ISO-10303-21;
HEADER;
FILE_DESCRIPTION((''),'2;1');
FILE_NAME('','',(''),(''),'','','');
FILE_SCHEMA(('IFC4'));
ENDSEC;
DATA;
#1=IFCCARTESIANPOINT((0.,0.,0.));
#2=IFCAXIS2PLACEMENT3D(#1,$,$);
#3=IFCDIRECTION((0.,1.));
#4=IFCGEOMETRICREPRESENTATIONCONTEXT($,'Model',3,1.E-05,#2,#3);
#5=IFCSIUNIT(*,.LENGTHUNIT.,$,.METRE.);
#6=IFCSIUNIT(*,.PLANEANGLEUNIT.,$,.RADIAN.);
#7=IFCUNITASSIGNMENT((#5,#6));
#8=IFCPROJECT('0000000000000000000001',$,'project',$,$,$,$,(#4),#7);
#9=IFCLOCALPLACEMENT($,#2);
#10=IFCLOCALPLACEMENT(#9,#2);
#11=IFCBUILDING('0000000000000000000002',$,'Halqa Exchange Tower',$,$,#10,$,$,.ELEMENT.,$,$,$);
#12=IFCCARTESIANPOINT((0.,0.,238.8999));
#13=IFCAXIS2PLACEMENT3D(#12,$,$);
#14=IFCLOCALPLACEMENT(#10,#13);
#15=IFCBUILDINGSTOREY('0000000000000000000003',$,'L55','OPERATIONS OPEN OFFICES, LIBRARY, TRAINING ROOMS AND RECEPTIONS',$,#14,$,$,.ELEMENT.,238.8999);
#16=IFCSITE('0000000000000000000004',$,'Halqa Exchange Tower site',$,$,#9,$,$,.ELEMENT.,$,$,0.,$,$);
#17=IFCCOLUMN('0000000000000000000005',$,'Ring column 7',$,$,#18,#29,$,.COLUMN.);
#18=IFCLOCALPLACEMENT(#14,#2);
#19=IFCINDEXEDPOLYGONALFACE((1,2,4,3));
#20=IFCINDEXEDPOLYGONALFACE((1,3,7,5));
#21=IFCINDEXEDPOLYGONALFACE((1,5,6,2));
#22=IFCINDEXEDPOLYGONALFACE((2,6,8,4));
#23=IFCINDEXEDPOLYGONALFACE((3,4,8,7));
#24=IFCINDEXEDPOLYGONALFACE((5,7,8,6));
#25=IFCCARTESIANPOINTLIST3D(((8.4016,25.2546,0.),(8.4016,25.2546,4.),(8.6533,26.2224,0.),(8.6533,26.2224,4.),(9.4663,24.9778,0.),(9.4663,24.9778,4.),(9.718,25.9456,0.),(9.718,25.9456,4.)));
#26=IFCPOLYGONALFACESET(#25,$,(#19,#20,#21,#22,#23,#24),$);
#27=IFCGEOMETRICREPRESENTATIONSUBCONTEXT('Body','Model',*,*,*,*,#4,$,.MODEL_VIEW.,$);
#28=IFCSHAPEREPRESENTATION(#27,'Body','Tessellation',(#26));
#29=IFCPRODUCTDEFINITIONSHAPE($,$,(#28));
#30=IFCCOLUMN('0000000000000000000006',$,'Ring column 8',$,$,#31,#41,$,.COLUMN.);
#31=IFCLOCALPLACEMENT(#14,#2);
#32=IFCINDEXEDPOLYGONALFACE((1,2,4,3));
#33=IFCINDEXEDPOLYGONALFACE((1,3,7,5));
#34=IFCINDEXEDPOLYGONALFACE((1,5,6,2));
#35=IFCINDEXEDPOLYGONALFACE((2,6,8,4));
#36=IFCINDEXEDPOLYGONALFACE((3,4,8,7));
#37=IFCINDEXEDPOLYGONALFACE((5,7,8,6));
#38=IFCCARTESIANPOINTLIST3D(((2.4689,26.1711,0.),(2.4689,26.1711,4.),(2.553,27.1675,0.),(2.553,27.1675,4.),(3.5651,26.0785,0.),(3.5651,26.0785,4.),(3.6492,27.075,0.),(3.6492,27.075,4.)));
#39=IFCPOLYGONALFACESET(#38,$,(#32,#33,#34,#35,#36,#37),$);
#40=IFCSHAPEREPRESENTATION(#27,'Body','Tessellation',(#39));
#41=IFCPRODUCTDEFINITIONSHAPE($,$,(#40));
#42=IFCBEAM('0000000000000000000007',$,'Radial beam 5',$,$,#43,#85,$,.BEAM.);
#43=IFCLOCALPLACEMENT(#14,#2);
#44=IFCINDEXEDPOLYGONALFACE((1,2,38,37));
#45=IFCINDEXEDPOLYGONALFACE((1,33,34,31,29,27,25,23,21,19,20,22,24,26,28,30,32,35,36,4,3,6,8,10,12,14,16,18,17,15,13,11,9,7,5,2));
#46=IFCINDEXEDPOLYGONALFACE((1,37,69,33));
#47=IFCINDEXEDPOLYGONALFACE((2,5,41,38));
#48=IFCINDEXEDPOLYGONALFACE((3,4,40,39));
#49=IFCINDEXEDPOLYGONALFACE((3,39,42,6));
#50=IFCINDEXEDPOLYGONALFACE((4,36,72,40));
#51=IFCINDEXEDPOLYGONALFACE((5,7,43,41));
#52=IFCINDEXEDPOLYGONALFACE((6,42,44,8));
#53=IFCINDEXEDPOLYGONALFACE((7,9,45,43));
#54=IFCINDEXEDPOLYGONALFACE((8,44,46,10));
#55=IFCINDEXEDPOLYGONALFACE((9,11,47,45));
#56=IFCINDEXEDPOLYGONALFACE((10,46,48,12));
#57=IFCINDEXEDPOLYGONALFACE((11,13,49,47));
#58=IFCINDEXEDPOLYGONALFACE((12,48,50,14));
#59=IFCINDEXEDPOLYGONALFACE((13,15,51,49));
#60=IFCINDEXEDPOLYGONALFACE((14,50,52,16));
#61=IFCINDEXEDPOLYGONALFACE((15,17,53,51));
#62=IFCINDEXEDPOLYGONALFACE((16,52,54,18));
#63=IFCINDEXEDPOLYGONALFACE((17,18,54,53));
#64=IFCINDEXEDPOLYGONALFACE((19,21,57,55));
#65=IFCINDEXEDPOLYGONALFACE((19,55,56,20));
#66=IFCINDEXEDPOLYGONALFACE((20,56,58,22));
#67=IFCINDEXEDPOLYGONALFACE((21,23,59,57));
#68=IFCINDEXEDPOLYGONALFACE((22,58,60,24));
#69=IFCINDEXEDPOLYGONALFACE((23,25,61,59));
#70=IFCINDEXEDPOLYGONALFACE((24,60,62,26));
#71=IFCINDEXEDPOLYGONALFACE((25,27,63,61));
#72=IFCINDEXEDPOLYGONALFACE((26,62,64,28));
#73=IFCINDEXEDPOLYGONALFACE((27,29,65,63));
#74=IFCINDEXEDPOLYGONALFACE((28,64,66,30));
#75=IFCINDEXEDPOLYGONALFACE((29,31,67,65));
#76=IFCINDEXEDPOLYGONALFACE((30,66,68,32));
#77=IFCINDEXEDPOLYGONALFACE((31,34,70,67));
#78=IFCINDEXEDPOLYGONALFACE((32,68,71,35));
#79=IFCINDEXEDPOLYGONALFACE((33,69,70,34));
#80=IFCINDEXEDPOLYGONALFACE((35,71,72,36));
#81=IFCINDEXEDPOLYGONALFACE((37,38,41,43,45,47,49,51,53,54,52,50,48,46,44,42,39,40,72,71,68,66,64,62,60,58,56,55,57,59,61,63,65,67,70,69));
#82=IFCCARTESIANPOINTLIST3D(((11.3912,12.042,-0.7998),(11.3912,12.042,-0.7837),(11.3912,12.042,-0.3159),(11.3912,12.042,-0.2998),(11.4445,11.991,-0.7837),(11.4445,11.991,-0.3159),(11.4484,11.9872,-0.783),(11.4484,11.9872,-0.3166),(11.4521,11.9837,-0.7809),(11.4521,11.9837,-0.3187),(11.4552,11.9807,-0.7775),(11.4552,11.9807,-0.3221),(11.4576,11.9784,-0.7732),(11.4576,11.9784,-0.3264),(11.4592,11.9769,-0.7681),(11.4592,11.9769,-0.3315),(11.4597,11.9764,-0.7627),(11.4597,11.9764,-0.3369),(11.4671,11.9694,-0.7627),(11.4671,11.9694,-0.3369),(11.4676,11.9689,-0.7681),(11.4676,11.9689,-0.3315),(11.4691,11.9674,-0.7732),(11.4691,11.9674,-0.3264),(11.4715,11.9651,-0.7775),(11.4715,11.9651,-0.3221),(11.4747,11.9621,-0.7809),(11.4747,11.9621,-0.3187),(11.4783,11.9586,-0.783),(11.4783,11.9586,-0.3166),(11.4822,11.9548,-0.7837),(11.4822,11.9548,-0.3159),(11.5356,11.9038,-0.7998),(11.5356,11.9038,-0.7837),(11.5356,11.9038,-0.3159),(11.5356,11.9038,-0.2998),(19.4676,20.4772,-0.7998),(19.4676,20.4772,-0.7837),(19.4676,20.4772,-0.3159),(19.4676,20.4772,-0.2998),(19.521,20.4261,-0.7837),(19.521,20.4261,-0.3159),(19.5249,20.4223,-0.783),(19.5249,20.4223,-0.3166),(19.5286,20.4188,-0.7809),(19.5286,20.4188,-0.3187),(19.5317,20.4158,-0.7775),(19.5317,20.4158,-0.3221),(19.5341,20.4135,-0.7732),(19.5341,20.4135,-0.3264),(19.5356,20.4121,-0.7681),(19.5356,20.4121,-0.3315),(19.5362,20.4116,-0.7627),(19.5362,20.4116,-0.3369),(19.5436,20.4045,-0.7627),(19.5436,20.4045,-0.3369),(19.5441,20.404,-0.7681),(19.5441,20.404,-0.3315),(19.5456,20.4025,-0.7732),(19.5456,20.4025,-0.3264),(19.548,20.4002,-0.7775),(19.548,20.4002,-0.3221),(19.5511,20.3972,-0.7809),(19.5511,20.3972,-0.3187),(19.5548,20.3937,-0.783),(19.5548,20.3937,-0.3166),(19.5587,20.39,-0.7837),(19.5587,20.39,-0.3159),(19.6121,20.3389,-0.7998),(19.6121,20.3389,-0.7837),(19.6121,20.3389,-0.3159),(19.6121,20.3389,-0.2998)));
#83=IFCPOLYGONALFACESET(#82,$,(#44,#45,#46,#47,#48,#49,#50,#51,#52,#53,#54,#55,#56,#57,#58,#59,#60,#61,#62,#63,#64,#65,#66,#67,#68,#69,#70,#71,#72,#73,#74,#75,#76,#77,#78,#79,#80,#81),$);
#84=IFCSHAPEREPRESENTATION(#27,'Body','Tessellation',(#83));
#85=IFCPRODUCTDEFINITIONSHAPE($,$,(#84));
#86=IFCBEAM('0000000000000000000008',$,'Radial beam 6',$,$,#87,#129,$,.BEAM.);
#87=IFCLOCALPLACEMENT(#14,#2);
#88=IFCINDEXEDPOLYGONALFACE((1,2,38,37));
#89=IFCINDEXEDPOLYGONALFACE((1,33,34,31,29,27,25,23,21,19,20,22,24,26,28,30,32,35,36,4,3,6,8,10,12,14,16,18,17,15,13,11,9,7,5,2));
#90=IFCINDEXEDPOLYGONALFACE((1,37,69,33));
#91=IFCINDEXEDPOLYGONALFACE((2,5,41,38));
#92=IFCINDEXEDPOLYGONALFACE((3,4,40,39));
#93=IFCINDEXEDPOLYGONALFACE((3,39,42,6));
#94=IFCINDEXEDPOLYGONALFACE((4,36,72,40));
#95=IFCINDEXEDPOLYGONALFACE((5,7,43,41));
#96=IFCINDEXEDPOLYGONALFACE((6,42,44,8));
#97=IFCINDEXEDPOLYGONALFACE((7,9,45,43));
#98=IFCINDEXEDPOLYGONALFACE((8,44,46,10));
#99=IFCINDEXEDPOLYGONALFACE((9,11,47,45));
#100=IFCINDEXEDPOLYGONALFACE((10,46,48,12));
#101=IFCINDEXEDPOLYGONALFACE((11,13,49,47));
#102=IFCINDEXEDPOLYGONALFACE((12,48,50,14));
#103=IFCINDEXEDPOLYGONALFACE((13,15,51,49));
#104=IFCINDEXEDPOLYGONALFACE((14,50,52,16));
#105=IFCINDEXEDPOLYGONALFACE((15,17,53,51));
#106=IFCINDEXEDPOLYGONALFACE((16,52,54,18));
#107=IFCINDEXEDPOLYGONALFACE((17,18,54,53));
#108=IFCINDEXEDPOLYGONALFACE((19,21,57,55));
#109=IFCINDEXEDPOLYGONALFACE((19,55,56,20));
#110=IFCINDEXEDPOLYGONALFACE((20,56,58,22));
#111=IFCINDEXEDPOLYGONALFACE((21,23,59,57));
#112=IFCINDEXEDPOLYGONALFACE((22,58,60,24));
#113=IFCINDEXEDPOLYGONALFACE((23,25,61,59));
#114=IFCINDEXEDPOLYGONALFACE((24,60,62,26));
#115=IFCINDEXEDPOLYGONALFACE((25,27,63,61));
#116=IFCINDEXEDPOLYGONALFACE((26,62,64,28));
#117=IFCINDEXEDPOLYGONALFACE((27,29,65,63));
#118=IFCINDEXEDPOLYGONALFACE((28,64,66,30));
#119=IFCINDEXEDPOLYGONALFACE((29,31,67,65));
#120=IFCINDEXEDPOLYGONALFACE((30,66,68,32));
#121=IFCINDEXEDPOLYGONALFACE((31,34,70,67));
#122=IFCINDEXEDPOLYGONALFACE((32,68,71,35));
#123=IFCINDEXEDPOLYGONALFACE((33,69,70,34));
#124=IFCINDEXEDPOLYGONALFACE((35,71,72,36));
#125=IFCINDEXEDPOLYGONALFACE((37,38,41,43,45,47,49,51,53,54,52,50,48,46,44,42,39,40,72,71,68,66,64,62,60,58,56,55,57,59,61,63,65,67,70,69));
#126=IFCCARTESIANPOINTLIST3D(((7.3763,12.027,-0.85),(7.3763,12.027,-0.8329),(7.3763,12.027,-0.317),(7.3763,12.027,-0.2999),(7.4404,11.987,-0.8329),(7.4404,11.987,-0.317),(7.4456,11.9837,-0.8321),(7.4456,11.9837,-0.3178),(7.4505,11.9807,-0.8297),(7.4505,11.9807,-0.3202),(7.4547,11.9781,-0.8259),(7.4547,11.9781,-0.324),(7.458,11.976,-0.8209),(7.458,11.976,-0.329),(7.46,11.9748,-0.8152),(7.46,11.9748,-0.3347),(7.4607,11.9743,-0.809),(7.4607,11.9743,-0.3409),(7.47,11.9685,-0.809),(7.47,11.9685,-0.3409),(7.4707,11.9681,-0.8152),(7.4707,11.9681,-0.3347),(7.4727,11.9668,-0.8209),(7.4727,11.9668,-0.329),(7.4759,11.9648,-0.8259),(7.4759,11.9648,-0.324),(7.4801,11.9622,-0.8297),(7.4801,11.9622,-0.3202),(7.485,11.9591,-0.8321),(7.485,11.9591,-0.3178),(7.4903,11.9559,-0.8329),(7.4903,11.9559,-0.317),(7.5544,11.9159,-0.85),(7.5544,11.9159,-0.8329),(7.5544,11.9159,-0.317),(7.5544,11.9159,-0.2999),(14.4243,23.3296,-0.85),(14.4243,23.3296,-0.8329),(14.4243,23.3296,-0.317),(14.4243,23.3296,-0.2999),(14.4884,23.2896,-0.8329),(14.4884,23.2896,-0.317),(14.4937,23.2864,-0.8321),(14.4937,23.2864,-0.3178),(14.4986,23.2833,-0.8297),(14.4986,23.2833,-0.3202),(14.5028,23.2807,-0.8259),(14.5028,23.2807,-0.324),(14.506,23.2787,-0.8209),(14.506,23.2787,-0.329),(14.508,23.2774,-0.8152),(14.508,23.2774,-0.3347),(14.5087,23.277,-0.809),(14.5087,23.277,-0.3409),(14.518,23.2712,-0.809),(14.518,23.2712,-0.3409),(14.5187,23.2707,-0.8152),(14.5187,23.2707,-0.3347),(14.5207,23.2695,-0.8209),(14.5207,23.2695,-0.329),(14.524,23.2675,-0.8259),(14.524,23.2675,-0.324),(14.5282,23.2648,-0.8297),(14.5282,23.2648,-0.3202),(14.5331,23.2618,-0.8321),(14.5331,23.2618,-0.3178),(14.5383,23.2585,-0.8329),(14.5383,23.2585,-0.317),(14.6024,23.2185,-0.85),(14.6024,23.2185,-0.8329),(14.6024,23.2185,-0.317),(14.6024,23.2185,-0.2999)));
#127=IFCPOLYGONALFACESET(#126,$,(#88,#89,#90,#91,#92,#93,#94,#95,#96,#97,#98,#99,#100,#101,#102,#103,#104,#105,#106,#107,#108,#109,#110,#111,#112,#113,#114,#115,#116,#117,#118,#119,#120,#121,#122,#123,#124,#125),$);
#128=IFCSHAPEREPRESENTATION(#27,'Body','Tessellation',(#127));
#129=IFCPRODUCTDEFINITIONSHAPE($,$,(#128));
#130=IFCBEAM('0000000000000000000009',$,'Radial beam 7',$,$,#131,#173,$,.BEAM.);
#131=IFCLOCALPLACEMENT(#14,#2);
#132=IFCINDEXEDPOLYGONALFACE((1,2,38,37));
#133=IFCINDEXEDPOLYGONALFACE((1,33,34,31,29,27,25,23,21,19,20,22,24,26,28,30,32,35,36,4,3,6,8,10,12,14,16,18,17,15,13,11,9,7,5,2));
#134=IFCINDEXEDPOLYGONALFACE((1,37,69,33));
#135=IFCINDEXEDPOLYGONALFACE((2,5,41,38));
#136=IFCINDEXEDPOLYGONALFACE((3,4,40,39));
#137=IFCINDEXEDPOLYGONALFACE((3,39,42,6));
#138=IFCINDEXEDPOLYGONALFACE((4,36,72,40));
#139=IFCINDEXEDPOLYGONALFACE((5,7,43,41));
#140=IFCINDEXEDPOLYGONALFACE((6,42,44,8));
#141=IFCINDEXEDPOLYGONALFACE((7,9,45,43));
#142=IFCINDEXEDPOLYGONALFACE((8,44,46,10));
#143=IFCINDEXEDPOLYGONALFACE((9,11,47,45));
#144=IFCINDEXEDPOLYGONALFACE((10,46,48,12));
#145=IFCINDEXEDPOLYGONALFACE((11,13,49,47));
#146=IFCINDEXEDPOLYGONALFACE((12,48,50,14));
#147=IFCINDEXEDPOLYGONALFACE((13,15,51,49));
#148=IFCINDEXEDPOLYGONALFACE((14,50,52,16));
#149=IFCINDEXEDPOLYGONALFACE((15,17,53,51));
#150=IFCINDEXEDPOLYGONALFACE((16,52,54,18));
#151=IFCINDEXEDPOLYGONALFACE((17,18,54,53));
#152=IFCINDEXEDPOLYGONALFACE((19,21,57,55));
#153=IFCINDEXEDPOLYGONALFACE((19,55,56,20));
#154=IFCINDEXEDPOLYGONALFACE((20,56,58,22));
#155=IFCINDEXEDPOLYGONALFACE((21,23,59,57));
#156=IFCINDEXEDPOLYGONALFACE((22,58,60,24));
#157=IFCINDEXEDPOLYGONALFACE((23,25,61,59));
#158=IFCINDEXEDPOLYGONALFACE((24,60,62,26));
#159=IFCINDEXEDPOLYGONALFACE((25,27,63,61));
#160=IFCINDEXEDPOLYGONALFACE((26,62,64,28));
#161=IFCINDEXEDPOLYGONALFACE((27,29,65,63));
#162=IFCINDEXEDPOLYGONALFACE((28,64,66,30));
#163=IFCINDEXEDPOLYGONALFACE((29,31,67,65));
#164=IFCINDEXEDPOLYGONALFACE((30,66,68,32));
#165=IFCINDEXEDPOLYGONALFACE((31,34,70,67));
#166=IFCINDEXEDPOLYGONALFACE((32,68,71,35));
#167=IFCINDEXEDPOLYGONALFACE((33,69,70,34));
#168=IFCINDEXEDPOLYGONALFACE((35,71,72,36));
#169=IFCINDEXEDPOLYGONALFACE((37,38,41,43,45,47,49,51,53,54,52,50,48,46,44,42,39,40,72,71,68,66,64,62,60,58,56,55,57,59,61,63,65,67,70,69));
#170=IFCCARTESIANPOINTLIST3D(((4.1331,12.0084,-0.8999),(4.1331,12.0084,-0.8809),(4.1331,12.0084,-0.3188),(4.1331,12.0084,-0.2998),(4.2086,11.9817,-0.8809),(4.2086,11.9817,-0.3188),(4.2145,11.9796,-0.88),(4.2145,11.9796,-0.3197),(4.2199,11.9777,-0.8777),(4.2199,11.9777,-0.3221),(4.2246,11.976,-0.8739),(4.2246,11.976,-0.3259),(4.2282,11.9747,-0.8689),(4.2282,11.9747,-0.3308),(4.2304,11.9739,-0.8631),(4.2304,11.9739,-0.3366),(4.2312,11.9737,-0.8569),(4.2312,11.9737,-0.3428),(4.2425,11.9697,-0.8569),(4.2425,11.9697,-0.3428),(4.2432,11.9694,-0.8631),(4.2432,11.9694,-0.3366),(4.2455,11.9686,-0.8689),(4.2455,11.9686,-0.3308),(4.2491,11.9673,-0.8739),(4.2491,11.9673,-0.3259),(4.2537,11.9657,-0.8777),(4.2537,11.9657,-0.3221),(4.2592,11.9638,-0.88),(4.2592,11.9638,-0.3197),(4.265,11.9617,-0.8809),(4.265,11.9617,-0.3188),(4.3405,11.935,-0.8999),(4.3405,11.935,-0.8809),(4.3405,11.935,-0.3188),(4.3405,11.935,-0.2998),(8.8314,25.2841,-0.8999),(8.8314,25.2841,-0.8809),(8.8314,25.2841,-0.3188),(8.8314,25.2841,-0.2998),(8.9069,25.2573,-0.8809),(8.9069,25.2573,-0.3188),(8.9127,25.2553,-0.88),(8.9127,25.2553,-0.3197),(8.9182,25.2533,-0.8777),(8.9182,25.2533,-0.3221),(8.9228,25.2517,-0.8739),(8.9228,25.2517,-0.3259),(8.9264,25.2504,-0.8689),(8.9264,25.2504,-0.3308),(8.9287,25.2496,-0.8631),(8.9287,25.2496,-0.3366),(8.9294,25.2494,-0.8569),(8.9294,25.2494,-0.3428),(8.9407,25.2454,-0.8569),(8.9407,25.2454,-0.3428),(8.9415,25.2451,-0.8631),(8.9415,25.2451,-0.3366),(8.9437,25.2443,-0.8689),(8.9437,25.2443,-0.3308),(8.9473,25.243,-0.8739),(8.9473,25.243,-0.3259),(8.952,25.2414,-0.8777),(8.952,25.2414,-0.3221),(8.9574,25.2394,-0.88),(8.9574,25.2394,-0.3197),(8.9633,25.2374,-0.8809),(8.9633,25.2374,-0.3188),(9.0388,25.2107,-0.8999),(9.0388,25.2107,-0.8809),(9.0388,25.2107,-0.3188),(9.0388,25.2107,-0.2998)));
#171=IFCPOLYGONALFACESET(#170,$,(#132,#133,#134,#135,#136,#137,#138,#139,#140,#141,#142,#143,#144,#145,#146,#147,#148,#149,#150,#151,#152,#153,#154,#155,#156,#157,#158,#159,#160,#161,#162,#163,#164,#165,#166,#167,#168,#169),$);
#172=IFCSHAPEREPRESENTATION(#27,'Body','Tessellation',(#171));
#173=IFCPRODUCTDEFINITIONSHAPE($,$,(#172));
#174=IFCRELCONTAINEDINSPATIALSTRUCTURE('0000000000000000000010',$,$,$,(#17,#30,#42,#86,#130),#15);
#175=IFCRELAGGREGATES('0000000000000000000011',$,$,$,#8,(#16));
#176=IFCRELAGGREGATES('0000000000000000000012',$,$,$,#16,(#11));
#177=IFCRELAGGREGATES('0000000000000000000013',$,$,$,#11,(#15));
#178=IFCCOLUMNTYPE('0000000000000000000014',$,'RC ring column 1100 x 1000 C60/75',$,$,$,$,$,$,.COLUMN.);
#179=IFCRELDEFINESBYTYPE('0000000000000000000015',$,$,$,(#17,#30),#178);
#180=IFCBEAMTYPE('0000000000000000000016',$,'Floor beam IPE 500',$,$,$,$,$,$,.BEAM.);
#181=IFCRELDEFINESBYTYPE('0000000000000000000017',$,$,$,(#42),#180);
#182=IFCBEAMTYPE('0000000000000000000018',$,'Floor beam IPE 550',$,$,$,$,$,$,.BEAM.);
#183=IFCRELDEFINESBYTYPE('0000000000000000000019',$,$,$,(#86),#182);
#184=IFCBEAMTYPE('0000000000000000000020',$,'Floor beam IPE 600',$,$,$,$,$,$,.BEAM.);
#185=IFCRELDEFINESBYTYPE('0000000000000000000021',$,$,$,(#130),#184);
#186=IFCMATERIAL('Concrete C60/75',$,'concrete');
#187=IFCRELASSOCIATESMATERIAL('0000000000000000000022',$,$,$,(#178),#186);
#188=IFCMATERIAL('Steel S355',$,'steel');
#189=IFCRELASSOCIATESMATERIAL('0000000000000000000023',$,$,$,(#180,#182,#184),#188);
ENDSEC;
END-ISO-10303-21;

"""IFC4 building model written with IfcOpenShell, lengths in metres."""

from ifc_helpers import new_model, si_unit, direction, frame, origin, origin_2d, place, context, subcontext, project, spatial, rectangle, i_section, extrude, material, material_profile, profile_set, type_object, element, save


model = new_model("IFC4")

# Units and contexts
model_context = context("Model", 3, precision=1e-05, world=origin(), true_north=direction((0.0, 1.0)))
body_context = subcontext(model_context, "Body", "Model", "MODEL_VIEW")
ifc_project = project(units=[si_unit("LENGTHUNIT", "METRE"), si_unit("PLANEANGLEUNIT", "RADIAN")], contexts=[model_context])

# Site, building, storey
site_placement = place(None, origin())
site = spatial("IfcSite", under=ifc_project, at=site_placement, Name="Halqa Exchange Tower site", CompositionType="ELEMENT", RefElevation=0.0)
building_placement = place(site_placement, origin())
building = spatial("IfcBuilding", under=site, at=building_placement, Name="Halqa Exchange Tower", CompositionType="ELEMENT")
storey_placement = place(building_placement, frame((0.0, 0.0, 238.8999)))
storey = spatial("IfcBuildingStorey", under=building, at=storey_placement, Name="L55", Description="OPERATIONS OPEN OFFICES, LIBRARY, TRAINING ROOMS AND RECEPTIONS", CompositionType="ELEMENT", Elevation=238.8999)

# Columns
ifc_material_1 = material(Name="Concrete C60/75", Category="concrete")
ifc_material_profile_1 = material_profile(ifc_material_1, rectangle(XDim=1.1001, YDim=1.0, at=origin_2d()), Name="1100 x 1000")
ifc_profile_set_1 = profile_set([ifc_material_profile_1], Name="Concrete C60/75")
column_type = type_object("IfcColumnType", Name="RC ring column 1100 x 1000 C60/75", PredefinedType="COLUMN", material=ifc_profile_set_1)
for number, where, z_axis, x_axis, name in (
    (1, (9.0598, 25.6001, 0.0), (0.0, 0.0, 1.0), (-0.96782, 0.251645, 0.0), "Ring column 7"),
    (2, (3.0591, 26.623, 0.0), (0.0, 0.0, 1.0), (-0.996456, 0.084121, 0.0), "Ring column 8"),
):
    element("IfcColumn", number, at=place(storey_placement, frame(where, z_axis=z_axis, x_axis=x_axis)), inside=storey, type_object=column_type, Name=name, PredefinedType="COLUMN", context=body_context, shape_type="SweptSolid", body=[
        extrude(rectangle(XDim=1.1001, YDim=1.0, at=origin_2d()), origin(), (0.0, 0.0, 1.0), 4.0),
    ])

# Beams
ifc_material_2 = material(Name="Steel S355", Category="steel")
ifc_material_profile_2 = material_profile(ifc_material_2, i_section(OverallWidth=0.2, OverallDepth=0.5, WebThickness=0.0103, FlangeThickness=0.0161, FilletRadius=0.021, at=origin_2d()), Name="IPE 500")
ifc_profile_set_2 = profile_set([ifc_material_profile_2], Name="Steel S355")
beam_type_1 = type_object("IfcBeamType", Name="Floor beam IPE 500", PredefinedType="BEAM", material=ifc_profile_set_2)
beam_1_placement = place(storey_placement, frame((11.4634, 11.9729, -0.5498), z_axis=(0.691585, 0.722295, 0.0), x_axis=(-0.722295, 0.691585, 0.0)))
element("IfcBeam", 3, at=beam_1_placement, inside=storey, type_object=beam_type_1, Name="Radial beam 5", PredefinedType="BEAM", context=body_context, shape_type="SweptSolid", body=[
    extrude(i_section(OverallWidth=0.2, OverallDepth=0.5, WebThickness=0.0103, FlangeThickness=0.0161, FilletRadius=0.021, at=origin_2d()), origin(), (0.0, 0.0, 1.0), 11.6782),
])
ifc_material_profile_3 = material_profile(ifc_material_2, i_section(OverallWidth=0.21, OverallDepth=0.55, WebThickness=0.011, FlangeThickness=0.0171, FilletRadius=0.0239, at=origin_2d()), Name="IPE 550")
ifc_profile_set_3 = profile_set([ifc_material_profile_3], Name="Steel S355")
beam_type_2 = type_object("IfcBeamType", Name="Floor beam IPE 550", PredefinedType="BEAM", material=ifc_profile_set_3)
beam_2_placement = place(storey_placement, frame((7.4653, 11.9714, -0.575), z_axis=(0.529129, 0.848542, 0.0), x_axis=(-0.848542, 0.529129, 0.0)))
element("IfcBeam", 4, at=beam_2_placement, inside=storey, type_object=beam_type_2, Name="Radial beam 6", PredefinedType="BEAM", context=body_context, shape_type="SweptSolid", body=[
    extrude(i_section(OverallWidth=0.21, OverallDepth=0.55, WebThickness=0.011, FlangeThickness=0.0171, FilletRadius=0.0239, at=origin_2d()), origin(), (0.0, 0.0, 1.0), 13.3201),
])
ifc_material_profile_4 = material_profile(ifc_material_2, i_section(OverallWidth=0.22, OverallDepth=0.6001, WebThickness=0.012, FlangeThickness=0.019, FilletRadius=0.0239, at=origin_2d()), Name="IPE 600")
ifc_profile_set_4 = profile_set([ifc_material_profile_4], Name="Steel S355")
beam_type_3 = type_object("IfcBeamType", Name="Floor beam IPE 600", PredefinedType="BEAM", material=ifc_profile_set_4)
beam_3_placement = place(storey_placement, frame((4.2368, 11.9717, -0.5999), z_axis=(0.333623, 0.942706, 0.0), x_axis=(-0.942706, 0.333623, 0.0)))
element("IfcBeam", 5, at=beam_3_placement, inside=storey, type_object=beam_type_3, Name="Radial beam 7", PredefinedType="BEAM", context=body_context, shape_type="SweptSolid", body=[
    extrude(i_section(OverallWidth=0.22, OverallDepth=0.6001, WebThickness=0.012, FlangeThickness=0.019, FilletRadius=0.0239, at=origin_2d()), origin(), (0.0, 0.0, 1.0), 14.0825),
])

save(model, "model.ifc")
